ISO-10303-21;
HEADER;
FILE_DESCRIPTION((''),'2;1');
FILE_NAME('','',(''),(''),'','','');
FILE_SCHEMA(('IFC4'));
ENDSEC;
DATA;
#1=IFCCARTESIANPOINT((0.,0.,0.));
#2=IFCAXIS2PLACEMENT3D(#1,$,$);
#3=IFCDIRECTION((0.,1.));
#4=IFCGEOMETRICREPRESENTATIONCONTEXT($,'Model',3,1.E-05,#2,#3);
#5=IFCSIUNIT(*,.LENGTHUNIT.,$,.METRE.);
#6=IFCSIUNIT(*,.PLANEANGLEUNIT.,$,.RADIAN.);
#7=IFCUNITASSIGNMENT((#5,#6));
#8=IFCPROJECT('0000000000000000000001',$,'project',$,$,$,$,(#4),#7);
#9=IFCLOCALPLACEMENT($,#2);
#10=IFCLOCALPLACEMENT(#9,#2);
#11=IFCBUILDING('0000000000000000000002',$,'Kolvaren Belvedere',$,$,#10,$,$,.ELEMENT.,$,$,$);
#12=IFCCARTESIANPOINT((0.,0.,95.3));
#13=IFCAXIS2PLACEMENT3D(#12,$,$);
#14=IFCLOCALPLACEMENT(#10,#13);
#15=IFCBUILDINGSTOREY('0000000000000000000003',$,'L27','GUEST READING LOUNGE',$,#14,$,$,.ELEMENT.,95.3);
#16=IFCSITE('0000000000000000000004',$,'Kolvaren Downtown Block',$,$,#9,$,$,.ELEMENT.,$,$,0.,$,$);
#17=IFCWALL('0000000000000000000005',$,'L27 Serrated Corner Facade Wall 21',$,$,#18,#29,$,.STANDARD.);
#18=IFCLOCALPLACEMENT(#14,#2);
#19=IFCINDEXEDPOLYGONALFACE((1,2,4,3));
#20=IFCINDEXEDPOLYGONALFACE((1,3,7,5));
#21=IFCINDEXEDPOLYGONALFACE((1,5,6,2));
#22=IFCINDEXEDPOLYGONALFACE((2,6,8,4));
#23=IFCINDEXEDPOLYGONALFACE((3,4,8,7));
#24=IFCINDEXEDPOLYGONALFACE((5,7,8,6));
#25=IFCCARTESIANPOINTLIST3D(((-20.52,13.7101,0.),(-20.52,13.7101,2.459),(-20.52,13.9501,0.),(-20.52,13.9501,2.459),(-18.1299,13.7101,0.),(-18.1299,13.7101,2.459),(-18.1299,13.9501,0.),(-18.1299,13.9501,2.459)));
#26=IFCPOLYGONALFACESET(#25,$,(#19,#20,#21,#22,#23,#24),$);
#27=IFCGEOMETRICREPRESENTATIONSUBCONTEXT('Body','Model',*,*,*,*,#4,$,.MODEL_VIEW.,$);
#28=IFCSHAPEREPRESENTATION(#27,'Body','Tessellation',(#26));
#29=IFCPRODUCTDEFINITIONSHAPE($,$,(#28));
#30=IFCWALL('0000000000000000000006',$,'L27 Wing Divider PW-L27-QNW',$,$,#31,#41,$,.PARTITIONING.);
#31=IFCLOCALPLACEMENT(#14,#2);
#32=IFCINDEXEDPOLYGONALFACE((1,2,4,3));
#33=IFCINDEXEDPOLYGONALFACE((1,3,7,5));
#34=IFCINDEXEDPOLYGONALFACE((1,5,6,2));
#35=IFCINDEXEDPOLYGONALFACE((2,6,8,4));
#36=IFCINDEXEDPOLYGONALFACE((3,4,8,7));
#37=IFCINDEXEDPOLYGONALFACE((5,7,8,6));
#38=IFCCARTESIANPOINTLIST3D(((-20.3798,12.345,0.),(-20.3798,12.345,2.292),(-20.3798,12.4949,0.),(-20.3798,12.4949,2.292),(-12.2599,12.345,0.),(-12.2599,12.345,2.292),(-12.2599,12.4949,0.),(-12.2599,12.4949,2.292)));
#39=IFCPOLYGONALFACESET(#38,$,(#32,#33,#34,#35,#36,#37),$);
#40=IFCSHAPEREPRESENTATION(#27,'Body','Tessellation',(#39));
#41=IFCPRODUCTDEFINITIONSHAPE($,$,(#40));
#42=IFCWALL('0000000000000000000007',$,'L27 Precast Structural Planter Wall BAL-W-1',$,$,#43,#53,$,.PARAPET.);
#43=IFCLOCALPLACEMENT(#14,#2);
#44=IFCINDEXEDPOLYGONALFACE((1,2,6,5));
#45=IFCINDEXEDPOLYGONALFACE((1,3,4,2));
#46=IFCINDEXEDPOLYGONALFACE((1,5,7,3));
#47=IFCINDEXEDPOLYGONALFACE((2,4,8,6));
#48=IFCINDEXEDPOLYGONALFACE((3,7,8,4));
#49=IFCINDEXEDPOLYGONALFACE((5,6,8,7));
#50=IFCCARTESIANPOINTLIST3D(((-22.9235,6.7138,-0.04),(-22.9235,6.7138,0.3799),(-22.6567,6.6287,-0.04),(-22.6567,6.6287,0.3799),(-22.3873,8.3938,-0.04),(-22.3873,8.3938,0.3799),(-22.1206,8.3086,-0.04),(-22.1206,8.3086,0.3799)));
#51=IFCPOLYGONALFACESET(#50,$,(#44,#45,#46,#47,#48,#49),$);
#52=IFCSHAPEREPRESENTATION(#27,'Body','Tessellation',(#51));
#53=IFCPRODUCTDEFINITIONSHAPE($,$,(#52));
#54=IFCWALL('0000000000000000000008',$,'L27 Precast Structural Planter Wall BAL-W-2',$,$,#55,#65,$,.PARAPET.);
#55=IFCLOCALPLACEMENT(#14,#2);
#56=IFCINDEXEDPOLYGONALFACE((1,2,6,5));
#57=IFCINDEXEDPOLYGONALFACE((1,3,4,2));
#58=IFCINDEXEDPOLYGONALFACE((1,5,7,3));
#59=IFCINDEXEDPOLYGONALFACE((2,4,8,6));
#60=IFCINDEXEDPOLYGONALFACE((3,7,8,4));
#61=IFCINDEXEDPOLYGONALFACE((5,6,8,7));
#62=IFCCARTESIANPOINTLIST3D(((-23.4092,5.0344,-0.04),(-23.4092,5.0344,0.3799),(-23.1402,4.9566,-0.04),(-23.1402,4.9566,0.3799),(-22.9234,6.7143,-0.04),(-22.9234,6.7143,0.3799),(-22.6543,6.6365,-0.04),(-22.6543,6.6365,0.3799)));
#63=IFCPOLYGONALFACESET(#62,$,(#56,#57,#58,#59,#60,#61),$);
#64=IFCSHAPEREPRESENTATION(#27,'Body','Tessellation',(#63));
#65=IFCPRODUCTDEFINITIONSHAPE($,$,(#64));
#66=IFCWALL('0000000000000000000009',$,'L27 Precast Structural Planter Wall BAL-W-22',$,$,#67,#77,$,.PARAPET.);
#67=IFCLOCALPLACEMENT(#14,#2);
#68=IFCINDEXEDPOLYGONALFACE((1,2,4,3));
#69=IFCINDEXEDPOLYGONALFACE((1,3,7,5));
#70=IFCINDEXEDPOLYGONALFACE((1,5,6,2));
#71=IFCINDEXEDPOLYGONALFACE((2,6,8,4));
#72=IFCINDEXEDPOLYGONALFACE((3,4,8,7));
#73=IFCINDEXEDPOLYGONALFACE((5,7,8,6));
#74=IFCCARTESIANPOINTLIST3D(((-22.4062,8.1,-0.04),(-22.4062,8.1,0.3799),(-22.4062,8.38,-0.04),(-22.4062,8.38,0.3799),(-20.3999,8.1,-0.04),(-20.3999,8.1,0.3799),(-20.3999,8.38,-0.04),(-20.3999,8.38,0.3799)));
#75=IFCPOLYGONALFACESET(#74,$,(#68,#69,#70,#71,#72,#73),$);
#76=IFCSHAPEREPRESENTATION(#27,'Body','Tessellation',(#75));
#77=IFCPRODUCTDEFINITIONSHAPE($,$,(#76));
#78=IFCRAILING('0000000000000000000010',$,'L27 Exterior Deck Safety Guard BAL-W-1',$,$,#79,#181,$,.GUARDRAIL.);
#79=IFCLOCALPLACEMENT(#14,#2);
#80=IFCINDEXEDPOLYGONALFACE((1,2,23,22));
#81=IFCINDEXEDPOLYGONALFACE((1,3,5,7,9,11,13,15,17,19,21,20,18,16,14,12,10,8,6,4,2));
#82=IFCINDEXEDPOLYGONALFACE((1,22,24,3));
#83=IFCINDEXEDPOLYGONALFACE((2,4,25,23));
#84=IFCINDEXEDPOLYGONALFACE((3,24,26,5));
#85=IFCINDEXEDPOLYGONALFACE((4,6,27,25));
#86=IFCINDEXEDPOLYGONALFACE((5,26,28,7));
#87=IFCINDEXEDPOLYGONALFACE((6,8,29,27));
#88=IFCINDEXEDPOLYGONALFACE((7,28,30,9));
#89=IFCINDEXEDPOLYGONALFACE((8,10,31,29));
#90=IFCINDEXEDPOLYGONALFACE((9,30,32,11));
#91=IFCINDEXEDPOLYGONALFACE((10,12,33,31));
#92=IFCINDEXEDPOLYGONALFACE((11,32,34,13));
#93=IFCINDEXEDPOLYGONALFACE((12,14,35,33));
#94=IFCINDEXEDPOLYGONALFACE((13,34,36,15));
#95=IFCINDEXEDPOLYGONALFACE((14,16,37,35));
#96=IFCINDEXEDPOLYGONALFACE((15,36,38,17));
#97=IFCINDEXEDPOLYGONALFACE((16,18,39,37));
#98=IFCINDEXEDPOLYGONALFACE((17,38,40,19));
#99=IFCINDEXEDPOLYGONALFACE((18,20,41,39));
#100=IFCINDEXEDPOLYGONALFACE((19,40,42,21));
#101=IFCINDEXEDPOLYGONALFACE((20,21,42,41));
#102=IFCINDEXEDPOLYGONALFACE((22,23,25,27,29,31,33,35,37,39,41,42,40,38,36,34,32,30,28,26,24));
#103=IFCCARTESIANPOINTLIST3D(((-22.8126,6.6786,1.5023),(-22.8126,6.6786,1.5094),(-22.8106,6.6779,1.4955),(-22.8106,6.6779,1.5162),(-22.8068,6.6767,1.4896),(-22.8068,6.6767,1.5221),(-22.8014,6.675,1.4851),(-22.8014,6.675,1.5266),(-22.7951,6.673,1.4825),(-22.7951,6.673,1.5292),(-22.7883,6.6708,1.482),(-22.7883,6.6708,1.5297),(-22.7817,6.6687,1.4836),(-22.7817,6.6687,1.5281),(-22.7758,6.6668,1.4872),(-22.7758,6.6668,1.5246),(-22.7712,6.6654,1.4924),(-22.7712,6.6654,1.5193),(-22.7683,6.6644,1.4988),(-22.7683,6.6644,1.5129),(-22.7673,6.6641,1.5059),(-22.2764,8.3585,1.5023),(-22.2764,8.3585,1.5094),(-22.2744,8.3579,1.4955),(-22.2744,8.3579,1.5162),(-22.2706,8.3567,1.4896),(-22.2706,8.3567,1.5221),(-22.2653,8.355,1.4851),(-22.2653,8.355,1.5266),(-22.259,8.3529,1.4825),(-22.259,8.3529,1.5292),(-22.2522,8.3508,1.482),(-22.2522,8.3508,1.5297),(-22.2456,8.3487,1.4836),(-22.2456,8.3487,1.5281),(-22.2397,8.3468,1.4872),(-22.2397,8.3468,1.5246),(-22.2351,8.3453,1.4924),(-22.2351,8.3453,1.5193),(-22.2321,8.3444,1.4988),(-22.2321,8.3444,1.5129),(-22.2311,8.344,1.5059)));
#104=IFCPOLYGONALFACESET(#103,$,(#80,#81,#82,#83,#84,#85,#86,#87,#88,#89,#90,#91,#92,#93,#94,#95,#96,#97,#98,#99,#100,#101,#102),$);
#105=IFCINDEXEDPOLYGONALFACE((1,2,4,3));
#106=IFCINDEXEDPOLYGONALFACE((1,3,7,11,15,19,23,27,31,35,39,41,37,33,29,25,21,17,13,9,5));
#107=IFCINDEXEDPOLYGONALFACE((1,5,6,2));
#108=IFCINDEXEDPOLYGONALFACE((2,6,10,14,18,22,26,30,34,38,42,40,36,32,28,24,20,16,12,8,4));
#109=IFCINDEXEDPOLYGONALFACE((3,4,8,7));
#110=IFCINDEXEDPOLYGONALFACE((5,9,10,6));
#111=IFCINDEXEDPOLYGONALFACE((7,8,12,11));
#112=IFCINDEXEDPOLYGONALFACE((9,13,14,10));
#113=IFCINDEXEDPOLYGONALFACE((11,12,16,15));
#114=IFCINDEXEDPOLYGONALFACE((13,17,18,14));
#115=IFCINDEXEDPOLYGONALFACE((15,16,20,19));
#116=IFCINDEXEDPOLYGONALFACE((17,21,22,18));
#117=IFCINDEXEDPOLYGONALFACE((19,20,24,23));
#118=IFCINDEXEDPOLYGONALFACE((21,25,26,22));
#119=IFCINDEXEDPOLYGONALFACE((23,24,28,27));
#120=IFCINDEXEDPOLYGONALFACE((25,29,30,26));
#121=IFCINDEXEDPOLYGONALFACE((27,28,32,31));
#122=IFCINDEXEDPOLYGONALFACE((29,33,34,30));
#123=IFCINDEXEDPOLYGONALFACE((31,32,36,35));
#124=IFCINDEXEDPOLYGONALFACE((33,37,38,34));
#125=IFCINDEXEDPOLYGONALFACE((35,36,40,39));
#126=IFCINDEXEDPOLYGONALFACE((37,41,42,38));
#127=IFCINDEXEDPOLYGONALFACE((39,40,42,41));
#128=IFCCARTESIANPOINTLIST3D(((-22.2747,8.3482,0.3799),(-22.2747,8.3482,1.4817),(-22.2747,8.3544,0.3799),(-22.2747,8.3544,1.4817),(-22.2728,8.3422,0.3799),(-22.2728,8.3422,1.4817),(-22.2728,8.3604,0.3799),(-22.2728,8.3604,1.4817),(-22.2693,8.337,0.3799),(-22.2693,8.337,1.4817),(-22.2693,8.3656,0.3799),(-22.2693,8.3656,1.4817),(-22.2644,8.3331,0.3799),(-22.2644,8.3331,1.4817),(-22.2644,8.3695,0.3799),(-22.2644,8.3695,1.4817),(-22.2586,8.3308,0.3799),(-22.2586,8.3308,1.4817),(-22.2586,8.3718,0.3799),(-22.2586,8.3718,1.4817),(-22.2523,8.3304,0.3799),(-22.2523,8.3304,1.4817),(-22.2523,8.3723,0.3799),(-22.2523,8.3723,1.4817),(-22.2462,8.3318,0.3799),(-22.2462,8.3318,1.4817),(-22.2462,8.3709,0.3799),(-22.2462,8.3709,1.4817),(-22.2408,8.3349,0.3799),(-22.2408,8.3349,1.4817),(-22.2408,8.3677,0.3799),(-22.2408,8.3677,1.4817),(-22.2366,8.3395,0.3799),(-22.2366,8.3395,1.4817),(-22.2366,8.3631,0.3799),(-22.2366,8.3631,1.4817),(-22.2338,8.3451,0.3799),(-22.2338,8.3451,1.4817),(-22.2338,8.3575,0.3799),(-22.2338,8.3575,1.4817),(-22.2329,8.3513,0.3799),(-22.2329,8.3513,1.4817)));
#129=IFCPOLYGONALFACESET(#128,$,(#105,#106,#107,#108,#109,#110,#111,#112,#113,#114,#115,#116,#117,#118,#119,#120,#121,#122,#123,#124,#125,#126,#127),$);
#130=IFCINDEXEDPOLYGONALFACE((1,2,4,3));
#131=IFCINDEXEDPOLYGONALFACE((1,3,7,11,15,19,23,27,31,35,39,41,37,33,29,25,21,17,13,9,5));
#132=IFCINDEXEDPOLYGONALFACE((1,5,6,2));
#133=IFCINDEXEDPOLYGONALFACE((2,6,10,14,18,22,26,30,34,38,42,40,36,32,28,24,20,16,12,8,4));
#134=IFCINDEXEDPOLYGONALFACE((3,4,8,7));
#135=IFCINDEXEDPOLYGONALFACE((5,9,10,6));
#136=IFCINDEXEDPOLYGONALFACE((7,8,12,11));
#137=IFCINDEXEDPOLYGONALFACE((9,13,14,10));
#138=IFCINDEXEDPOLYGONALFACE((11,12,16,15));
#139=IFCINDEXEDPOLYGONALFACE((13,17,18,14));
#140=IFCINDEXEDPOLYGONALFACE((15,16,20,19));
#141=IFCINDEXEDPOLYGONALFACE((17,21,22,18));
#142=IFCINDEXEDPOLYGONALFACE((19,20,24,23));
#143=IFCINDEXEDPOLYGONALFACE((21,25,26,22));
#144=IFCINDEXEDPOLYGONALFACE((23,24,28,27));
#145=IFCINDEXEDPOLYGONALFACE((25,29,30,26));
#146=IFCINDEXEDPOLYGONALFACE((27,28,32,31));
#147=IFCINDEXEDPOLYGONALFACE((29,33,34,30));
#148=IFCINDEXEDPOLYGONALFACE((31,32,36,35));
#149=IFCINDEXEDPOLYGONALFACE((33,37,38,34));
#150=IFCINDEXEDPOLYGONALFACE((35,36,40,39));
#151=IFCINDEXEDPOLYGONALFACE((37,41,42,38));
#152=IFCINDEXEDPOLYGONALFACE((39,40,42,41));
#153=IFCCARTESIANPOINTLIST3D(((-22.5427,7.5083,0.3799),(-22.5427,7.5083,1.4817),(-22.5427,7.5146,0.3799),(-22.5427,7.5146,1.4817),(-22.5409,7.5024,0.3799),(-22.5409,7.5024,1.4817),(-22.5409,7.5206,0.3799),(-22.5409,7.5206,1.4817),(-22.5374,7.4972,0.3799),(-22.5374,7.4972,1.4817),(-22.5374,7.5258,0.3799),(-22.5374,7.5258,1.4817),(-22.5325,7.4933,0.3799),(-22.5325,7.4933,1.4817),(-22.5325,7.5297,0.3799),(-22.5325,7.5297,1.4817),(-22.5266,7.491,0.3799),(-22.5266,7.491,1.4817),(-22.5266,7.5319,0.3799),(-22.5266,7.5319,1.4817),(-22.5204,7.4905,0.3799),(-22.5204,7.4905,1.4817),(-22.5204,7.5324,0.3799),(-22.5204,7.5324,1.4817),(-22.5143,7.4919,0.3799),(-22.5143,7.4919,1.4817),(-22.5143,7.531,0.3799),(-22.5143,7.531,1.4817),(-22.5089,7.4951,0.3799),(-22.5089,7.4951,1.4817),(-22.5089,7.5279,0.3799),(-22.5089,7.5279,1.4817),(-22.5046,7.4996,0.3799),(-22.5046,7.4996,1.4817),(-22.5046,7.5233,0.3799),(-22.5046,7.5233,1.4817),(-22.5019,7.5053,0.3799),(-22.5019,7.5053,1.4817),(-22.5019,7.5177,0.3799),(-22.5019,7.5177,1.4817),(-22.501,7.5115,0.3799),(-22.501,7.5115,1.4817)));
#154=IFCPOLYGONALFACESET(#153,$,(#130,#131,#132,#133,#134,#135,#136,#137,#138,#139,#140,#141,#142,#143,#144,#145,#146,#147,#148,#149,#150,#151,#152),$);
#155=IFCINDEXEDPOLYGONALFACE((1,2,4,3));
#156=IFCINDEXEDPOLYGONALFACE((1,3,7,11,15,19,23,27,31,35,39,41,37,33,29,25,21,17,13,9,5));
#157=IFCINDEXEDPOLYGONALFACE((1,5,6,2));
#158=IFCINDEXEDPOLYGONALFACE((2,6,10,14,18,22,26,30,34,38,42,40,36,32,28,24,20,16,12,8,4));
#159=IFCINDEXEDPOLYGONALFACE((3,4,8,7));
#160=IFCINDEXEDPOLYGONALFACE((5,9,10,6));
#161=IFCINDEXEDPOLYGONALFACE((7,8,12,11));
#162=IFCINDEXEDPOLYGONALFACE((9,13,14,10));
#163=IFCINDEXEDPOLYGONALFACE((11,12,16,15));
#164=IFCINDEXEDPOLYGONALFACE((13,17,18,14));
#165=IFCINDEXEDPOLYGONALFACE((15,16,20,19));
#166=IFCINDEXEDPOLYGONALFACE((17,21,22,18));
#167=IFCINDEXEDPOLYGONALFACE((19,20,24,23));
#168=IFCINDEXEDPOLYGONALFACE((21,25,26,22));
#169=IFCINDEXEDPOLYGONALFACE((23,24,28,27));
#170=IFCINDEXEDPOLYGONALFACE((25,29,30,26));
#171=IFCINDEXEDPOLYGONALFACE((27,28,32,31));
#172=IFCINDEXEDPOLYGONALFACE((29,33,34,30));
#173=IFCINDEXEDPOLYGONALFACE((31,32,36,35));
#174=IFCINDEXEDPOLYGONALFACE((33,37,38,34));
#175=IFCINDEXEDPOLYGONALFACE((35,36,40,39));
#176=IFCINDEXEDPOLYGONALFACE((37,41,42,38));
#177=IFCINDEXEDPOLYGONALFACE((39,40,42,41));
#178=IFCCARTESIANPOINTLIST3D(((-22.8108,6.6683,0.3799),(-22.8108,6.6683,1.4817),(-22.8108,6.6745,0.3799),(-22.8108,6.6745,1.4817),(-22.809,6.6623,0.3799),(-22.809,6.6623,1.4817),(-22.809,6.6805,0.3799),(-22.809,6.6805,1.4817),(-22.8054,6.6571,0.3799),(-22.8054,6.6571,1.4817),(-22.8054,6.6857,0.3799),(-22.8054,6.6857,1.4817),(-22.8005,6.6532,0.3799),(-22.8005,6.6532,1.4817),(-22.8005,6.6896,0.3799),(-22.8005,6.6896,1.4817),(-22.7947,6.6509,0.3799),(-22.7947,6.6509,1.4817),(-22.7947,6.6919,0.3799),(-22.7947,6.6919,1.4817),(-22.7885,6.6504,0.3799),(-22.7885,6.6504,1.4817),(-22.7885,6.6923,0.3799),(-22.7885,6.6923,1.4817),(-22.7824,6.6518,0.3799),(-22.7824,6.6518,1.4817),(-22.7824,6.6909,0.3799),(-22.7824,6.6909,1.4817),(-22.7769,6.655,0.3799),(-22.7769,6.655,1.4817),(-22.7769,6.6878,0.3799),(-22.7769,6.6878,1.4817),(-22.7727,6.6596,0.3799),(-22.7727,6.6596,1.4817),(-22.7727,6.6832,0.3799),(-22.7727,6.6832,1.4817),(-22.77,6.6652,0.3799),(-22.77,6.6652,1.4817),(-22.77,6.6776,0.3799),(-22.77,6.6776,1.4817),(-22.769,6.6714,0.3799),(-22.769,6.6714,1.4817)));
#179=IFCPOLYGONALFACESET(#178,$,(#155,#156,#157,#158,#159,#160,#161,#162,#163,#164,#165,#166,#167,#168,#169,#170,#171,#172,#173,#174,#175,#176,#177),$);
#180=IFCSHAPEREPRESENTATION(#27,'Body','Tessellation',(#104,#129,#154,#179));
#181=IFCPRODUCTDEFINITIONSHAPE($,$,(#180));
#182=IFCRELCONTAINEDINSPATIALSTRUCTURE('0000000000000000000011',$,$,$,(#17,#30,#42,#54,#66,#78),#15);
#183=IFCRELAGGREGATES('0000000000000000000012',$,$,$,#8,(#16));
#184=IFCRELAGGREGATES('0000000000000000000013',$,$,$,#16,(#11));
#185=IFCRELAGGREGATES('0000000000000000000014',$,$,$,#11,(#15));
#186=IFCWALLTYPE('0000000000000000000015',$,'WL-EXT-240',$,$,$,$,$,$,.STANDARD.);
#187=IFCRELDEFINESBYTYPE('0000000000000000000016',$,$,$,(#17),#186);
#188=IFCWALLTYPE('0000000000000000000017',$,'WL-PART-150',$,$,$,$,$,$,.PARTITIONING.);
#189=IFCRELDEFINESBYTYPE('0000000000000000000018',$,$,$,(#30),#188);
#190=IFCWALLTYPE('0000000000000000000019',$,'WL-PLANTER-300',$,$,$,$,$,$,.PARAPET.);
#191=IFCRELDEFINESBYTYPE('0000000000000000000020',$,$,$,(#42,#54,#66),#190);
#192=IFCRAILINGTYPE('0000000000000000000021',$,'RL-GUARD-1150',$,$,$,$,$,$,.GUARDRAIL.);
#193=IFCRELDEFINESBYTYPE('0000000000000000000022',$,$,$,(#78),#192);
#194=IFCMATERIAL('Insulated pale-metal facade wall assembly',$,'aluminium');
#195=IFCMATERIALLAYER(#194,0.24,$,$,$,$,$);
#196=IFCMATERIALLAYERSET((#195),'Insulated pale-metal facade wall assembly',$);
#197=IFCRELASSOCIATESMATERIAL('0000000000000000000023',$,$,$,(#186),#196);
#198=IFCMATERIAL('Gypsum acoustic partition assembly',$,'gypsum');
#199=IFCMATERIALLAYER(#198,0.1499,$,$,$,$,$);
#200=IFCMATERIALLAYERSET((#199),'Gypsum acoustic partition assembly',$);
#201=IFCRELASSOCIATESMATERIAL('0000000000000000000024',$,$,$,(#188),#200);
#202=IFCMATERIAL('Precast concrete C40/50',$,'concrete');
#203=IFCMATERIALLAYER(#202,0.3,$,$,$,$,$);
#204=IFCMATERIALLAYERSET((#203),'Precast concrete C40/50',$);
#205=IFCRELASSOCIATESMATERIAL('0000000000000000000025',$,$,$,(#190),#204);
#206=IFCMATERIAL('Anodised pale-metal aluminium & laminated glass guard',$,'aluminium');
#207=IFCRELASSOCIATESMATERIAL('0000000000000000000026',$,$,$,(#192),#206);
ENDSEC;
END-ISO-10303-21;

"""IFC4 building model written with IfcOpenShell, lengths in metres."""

from ifc_helpers import new_model, si_unit, direction, frame, frame_2d, origin, origin_2d, place, context, subcontext, project, spatial, rectangle, circle, extrude, material, layer, layer_set, type_object, element, save


model = new_model("IFC4")

# Units and contexts
model_context = context("Model", 3, precision=1e-05, world=origin(), true_north=direction((0.0, 1.0)))
body_context = subcontext(model_context, "Body", "Model", "MODEL_VIEW")
ifc_project = project(units=[si_unit("LENGTHUNIT", "METRE"), si_unit("PLANEANGLEUNIT", "RADIAN")], contexts=[model_context])

# Site, building, storey
site_placement = place(None, origin())
site = spatial("IfcSite", under=ifc_project, at=site_placement, Name="Kolvaren Downtown Block", CompositionType="ELEMENT", RefElevation=0.0)
building_placement = place(site_placement, origin())
building = spatial("IfcBuilding", under=site, at=building_placement, Name="Kolvaren Belvedere", CompositionType="ELEMENT")
storey_placement = place(building_placement, frame((0.0, 0.0, 95.3)))
storey = spatial("IfcBuildingStorey", under=building, at=storey_placement, Name="L27", Description="GUEST READING LOUNGE", CompositionType="ELEMENT", Elevation=95.3)

# Shared definitions
ifc_material_1 = material(Name="Insulated pale-metal facade wall assembly", Category="aluminium")
ifc_layer_1 = layer(ifc_material_1, 0.24)
ifc_layer_set_1 = layer_set([ifc_layer_1], Name="Insulated pale-metal facade wall assembly")
wall_type_1 = type_object("IfcWallType", Name="WL-EXT-240", PredefinedType="STANDARD", material=ifc_layer_set_1)

# Walls
wall_1_placement = place(storey_placement, frame((-20.52, 13.8301, 0.0), z_axis=(0.0, 0.0, 1.0), x_axis=(1.0, 0.0, 0.0)))
element("IfcWall", 1, at=wall_1_placement, inside=storey, type_object=wall_type_1, Name="L27 Serrated Corner Facade Wall 21", PredefinedType="STANDARD", context=body_context, shape_type="SweptSolid", body=[
    extrude(rectangle(XDim=2.3901, YDim=0.24, at=frame_2d((1.1951, 0.0))), origin(), (0.0, 0.0, 1.0), 2.459),
])
ifc_material_2 = material(Name="Gypsum acoustic partition assembly", Category="gypsum")
ifc_layer_2 = layer(ifc_material_2, 0.1499)
ifc_layer_set_2 = layer_set([ifc_layer_2], Name="Gypsum acoustic partition assembly")
wall_type_2 = type_object("IfcWallType", Name="WL-PART-150", PredefinedType="PARTITIONING", material=ifc_layer_set_2)
wall_2_placement = place(storey_placement, frame((-20.3799, 12.4199, 0.0), z_axis=(0.0, 0.0, 1.0), x_axis=(1.0, 0.0, 0.0)))
element("IfcWall", 2, at=wall_2_placement, inside=storey, type_object=wall_type_2, Name="L27 Wing Divider PW-L27-QNW", PredefinedType="PARTITIONING", context=body_context, shape_type="SweptSolid", body=[
    extrude(rectangle(XDim=8.1199, YDim=0.1499, at=frame_2d((4.0601, 0.0))), origin(), (0.0, 0.0, 1.0), 2.292),
])
ifc_material_3 = material(Name="Precast concrete C40/50", Category="concrete")
ifc_layer_3 = layer(ifc_material_3, 0.3)
ifc_layer_set_3 = layer_set([ifc_layer_3], Name="Precast concrete C40/50")
wall_type_3 = type_object("IfcWallType", Name="WL-PLANTER-300", PredefinedType="PARAPET", material=ifc_layer_set_3)
wall_3_placement = place(storey_placement, frame((-22.2539, 8.3513, -0.04), z_axis=(0.0, 0.0, 1.0), x_axis=(-0.304032, -0.952662, 0.0)))
element("IfcWall", 3, at=wall_3_placement, inside=storey, type_object=wall_type_3, Name="L27 Precast Structural Planter Wall BAL-W-1", PredefinedType="PARAPET", context=body_context, shape_type="SweptSolid", body=[
    extrude(rectangle(XDim=1.7634, YDim=0.28, at=frame_2d((0.8818, 0.0))), origin(), (0.0, 0.0, 1.0), 0.4199),
])
wall_4_placement = place(storey_placement, frame((-22.7888, 6.6755, -0.04), z_axis=(0.0, 0.0, 1.0), x_axis=(-0.277817, -0.960634, 0.0)))
element("IfcWall", 4, at=wall_4_placement, inside=storey, type_object=wall_type_3, Name="L27 Precast Structural Planter Wall BAL-W-2", PredefinedType="PARAPET", context=body_context, shape_type="SweptSolid", body=[
    extrude(rectangle(XDim=1.7488, YDim=0.28, at=frame_2d((0.8745, 0.0))), origin(), (0.0, 0.0, 1.0), 0.4199),
])
wall_5_placement = place(storey_placement, frame((-20.3999, 8.24, -0.04), z_axis=(0.0, 0.0, 1.0), x_axis=(-1.0, 0.0, 0.0)))
element("IfcWall", 5, at=wall_5_placement, inside=storey, type_object=wall_type_3, Name="L27 Precast Structural Planter Wall BAL-W-22", PredefinedType="PARAPET", context=body_context, shape_type="SweptSolid", body=[
    extrude(rectangle(XDim=2.0063, YDim=0.28, at=frame_2d((1.0032, 0.0))), origin(), (0.0, 0.0, 1.0), 0.4199),
])

# Railing
ifc_material_4 = material(Name="Anodised pale-metal aluminium & laminated glass guard", Category="aluminium")
railing_type = type_object("IfcRailingType", Name="RL-GUARD-1150", PredefinedType="GUARDRAIL", material=ifc_material_4)
railing_1_placement = place(storey_placement, frame((-22.2539, 8.3513, 0.3799)))
element("IfcRailing", 6, at=railing_1_placement, inside=storey, type_object=railing_type, Name="L27 Exterior Deck Safety Guard BAL-W-1", PredefinedType="GUARDRAIL", context=body_context, shape_type="SweptSolid", body=[
    extrude(circle(Radius=0.0239, at=origin_2d()), frame((0.0, 0.0, 1.126), z_axis=(-0.304032, -0.952662, 0.0), x_axis=(0.952662, -0.304032, 0.0)), (0.0, 0.0, 1.0), 1.7634),
    extrude(circle(Radius=0.021, at=origin_2d()), origin(), (0.0, 0.0, 1.0), 1.1018),
    extrude(circle(Radius=0.021, at=origin_2d()), frame((-0.2681, -0.8398, 0.0)), (0.0, 0.0, 1.0), 1.1018),
    extrude(circle(Radius=0.021, at=origin_2d()), frame((-0.5361, -1.6799, 0.0)), (0.0, 0.0, 1.0), 1.1018),
])

save(model, "model.ifc")
